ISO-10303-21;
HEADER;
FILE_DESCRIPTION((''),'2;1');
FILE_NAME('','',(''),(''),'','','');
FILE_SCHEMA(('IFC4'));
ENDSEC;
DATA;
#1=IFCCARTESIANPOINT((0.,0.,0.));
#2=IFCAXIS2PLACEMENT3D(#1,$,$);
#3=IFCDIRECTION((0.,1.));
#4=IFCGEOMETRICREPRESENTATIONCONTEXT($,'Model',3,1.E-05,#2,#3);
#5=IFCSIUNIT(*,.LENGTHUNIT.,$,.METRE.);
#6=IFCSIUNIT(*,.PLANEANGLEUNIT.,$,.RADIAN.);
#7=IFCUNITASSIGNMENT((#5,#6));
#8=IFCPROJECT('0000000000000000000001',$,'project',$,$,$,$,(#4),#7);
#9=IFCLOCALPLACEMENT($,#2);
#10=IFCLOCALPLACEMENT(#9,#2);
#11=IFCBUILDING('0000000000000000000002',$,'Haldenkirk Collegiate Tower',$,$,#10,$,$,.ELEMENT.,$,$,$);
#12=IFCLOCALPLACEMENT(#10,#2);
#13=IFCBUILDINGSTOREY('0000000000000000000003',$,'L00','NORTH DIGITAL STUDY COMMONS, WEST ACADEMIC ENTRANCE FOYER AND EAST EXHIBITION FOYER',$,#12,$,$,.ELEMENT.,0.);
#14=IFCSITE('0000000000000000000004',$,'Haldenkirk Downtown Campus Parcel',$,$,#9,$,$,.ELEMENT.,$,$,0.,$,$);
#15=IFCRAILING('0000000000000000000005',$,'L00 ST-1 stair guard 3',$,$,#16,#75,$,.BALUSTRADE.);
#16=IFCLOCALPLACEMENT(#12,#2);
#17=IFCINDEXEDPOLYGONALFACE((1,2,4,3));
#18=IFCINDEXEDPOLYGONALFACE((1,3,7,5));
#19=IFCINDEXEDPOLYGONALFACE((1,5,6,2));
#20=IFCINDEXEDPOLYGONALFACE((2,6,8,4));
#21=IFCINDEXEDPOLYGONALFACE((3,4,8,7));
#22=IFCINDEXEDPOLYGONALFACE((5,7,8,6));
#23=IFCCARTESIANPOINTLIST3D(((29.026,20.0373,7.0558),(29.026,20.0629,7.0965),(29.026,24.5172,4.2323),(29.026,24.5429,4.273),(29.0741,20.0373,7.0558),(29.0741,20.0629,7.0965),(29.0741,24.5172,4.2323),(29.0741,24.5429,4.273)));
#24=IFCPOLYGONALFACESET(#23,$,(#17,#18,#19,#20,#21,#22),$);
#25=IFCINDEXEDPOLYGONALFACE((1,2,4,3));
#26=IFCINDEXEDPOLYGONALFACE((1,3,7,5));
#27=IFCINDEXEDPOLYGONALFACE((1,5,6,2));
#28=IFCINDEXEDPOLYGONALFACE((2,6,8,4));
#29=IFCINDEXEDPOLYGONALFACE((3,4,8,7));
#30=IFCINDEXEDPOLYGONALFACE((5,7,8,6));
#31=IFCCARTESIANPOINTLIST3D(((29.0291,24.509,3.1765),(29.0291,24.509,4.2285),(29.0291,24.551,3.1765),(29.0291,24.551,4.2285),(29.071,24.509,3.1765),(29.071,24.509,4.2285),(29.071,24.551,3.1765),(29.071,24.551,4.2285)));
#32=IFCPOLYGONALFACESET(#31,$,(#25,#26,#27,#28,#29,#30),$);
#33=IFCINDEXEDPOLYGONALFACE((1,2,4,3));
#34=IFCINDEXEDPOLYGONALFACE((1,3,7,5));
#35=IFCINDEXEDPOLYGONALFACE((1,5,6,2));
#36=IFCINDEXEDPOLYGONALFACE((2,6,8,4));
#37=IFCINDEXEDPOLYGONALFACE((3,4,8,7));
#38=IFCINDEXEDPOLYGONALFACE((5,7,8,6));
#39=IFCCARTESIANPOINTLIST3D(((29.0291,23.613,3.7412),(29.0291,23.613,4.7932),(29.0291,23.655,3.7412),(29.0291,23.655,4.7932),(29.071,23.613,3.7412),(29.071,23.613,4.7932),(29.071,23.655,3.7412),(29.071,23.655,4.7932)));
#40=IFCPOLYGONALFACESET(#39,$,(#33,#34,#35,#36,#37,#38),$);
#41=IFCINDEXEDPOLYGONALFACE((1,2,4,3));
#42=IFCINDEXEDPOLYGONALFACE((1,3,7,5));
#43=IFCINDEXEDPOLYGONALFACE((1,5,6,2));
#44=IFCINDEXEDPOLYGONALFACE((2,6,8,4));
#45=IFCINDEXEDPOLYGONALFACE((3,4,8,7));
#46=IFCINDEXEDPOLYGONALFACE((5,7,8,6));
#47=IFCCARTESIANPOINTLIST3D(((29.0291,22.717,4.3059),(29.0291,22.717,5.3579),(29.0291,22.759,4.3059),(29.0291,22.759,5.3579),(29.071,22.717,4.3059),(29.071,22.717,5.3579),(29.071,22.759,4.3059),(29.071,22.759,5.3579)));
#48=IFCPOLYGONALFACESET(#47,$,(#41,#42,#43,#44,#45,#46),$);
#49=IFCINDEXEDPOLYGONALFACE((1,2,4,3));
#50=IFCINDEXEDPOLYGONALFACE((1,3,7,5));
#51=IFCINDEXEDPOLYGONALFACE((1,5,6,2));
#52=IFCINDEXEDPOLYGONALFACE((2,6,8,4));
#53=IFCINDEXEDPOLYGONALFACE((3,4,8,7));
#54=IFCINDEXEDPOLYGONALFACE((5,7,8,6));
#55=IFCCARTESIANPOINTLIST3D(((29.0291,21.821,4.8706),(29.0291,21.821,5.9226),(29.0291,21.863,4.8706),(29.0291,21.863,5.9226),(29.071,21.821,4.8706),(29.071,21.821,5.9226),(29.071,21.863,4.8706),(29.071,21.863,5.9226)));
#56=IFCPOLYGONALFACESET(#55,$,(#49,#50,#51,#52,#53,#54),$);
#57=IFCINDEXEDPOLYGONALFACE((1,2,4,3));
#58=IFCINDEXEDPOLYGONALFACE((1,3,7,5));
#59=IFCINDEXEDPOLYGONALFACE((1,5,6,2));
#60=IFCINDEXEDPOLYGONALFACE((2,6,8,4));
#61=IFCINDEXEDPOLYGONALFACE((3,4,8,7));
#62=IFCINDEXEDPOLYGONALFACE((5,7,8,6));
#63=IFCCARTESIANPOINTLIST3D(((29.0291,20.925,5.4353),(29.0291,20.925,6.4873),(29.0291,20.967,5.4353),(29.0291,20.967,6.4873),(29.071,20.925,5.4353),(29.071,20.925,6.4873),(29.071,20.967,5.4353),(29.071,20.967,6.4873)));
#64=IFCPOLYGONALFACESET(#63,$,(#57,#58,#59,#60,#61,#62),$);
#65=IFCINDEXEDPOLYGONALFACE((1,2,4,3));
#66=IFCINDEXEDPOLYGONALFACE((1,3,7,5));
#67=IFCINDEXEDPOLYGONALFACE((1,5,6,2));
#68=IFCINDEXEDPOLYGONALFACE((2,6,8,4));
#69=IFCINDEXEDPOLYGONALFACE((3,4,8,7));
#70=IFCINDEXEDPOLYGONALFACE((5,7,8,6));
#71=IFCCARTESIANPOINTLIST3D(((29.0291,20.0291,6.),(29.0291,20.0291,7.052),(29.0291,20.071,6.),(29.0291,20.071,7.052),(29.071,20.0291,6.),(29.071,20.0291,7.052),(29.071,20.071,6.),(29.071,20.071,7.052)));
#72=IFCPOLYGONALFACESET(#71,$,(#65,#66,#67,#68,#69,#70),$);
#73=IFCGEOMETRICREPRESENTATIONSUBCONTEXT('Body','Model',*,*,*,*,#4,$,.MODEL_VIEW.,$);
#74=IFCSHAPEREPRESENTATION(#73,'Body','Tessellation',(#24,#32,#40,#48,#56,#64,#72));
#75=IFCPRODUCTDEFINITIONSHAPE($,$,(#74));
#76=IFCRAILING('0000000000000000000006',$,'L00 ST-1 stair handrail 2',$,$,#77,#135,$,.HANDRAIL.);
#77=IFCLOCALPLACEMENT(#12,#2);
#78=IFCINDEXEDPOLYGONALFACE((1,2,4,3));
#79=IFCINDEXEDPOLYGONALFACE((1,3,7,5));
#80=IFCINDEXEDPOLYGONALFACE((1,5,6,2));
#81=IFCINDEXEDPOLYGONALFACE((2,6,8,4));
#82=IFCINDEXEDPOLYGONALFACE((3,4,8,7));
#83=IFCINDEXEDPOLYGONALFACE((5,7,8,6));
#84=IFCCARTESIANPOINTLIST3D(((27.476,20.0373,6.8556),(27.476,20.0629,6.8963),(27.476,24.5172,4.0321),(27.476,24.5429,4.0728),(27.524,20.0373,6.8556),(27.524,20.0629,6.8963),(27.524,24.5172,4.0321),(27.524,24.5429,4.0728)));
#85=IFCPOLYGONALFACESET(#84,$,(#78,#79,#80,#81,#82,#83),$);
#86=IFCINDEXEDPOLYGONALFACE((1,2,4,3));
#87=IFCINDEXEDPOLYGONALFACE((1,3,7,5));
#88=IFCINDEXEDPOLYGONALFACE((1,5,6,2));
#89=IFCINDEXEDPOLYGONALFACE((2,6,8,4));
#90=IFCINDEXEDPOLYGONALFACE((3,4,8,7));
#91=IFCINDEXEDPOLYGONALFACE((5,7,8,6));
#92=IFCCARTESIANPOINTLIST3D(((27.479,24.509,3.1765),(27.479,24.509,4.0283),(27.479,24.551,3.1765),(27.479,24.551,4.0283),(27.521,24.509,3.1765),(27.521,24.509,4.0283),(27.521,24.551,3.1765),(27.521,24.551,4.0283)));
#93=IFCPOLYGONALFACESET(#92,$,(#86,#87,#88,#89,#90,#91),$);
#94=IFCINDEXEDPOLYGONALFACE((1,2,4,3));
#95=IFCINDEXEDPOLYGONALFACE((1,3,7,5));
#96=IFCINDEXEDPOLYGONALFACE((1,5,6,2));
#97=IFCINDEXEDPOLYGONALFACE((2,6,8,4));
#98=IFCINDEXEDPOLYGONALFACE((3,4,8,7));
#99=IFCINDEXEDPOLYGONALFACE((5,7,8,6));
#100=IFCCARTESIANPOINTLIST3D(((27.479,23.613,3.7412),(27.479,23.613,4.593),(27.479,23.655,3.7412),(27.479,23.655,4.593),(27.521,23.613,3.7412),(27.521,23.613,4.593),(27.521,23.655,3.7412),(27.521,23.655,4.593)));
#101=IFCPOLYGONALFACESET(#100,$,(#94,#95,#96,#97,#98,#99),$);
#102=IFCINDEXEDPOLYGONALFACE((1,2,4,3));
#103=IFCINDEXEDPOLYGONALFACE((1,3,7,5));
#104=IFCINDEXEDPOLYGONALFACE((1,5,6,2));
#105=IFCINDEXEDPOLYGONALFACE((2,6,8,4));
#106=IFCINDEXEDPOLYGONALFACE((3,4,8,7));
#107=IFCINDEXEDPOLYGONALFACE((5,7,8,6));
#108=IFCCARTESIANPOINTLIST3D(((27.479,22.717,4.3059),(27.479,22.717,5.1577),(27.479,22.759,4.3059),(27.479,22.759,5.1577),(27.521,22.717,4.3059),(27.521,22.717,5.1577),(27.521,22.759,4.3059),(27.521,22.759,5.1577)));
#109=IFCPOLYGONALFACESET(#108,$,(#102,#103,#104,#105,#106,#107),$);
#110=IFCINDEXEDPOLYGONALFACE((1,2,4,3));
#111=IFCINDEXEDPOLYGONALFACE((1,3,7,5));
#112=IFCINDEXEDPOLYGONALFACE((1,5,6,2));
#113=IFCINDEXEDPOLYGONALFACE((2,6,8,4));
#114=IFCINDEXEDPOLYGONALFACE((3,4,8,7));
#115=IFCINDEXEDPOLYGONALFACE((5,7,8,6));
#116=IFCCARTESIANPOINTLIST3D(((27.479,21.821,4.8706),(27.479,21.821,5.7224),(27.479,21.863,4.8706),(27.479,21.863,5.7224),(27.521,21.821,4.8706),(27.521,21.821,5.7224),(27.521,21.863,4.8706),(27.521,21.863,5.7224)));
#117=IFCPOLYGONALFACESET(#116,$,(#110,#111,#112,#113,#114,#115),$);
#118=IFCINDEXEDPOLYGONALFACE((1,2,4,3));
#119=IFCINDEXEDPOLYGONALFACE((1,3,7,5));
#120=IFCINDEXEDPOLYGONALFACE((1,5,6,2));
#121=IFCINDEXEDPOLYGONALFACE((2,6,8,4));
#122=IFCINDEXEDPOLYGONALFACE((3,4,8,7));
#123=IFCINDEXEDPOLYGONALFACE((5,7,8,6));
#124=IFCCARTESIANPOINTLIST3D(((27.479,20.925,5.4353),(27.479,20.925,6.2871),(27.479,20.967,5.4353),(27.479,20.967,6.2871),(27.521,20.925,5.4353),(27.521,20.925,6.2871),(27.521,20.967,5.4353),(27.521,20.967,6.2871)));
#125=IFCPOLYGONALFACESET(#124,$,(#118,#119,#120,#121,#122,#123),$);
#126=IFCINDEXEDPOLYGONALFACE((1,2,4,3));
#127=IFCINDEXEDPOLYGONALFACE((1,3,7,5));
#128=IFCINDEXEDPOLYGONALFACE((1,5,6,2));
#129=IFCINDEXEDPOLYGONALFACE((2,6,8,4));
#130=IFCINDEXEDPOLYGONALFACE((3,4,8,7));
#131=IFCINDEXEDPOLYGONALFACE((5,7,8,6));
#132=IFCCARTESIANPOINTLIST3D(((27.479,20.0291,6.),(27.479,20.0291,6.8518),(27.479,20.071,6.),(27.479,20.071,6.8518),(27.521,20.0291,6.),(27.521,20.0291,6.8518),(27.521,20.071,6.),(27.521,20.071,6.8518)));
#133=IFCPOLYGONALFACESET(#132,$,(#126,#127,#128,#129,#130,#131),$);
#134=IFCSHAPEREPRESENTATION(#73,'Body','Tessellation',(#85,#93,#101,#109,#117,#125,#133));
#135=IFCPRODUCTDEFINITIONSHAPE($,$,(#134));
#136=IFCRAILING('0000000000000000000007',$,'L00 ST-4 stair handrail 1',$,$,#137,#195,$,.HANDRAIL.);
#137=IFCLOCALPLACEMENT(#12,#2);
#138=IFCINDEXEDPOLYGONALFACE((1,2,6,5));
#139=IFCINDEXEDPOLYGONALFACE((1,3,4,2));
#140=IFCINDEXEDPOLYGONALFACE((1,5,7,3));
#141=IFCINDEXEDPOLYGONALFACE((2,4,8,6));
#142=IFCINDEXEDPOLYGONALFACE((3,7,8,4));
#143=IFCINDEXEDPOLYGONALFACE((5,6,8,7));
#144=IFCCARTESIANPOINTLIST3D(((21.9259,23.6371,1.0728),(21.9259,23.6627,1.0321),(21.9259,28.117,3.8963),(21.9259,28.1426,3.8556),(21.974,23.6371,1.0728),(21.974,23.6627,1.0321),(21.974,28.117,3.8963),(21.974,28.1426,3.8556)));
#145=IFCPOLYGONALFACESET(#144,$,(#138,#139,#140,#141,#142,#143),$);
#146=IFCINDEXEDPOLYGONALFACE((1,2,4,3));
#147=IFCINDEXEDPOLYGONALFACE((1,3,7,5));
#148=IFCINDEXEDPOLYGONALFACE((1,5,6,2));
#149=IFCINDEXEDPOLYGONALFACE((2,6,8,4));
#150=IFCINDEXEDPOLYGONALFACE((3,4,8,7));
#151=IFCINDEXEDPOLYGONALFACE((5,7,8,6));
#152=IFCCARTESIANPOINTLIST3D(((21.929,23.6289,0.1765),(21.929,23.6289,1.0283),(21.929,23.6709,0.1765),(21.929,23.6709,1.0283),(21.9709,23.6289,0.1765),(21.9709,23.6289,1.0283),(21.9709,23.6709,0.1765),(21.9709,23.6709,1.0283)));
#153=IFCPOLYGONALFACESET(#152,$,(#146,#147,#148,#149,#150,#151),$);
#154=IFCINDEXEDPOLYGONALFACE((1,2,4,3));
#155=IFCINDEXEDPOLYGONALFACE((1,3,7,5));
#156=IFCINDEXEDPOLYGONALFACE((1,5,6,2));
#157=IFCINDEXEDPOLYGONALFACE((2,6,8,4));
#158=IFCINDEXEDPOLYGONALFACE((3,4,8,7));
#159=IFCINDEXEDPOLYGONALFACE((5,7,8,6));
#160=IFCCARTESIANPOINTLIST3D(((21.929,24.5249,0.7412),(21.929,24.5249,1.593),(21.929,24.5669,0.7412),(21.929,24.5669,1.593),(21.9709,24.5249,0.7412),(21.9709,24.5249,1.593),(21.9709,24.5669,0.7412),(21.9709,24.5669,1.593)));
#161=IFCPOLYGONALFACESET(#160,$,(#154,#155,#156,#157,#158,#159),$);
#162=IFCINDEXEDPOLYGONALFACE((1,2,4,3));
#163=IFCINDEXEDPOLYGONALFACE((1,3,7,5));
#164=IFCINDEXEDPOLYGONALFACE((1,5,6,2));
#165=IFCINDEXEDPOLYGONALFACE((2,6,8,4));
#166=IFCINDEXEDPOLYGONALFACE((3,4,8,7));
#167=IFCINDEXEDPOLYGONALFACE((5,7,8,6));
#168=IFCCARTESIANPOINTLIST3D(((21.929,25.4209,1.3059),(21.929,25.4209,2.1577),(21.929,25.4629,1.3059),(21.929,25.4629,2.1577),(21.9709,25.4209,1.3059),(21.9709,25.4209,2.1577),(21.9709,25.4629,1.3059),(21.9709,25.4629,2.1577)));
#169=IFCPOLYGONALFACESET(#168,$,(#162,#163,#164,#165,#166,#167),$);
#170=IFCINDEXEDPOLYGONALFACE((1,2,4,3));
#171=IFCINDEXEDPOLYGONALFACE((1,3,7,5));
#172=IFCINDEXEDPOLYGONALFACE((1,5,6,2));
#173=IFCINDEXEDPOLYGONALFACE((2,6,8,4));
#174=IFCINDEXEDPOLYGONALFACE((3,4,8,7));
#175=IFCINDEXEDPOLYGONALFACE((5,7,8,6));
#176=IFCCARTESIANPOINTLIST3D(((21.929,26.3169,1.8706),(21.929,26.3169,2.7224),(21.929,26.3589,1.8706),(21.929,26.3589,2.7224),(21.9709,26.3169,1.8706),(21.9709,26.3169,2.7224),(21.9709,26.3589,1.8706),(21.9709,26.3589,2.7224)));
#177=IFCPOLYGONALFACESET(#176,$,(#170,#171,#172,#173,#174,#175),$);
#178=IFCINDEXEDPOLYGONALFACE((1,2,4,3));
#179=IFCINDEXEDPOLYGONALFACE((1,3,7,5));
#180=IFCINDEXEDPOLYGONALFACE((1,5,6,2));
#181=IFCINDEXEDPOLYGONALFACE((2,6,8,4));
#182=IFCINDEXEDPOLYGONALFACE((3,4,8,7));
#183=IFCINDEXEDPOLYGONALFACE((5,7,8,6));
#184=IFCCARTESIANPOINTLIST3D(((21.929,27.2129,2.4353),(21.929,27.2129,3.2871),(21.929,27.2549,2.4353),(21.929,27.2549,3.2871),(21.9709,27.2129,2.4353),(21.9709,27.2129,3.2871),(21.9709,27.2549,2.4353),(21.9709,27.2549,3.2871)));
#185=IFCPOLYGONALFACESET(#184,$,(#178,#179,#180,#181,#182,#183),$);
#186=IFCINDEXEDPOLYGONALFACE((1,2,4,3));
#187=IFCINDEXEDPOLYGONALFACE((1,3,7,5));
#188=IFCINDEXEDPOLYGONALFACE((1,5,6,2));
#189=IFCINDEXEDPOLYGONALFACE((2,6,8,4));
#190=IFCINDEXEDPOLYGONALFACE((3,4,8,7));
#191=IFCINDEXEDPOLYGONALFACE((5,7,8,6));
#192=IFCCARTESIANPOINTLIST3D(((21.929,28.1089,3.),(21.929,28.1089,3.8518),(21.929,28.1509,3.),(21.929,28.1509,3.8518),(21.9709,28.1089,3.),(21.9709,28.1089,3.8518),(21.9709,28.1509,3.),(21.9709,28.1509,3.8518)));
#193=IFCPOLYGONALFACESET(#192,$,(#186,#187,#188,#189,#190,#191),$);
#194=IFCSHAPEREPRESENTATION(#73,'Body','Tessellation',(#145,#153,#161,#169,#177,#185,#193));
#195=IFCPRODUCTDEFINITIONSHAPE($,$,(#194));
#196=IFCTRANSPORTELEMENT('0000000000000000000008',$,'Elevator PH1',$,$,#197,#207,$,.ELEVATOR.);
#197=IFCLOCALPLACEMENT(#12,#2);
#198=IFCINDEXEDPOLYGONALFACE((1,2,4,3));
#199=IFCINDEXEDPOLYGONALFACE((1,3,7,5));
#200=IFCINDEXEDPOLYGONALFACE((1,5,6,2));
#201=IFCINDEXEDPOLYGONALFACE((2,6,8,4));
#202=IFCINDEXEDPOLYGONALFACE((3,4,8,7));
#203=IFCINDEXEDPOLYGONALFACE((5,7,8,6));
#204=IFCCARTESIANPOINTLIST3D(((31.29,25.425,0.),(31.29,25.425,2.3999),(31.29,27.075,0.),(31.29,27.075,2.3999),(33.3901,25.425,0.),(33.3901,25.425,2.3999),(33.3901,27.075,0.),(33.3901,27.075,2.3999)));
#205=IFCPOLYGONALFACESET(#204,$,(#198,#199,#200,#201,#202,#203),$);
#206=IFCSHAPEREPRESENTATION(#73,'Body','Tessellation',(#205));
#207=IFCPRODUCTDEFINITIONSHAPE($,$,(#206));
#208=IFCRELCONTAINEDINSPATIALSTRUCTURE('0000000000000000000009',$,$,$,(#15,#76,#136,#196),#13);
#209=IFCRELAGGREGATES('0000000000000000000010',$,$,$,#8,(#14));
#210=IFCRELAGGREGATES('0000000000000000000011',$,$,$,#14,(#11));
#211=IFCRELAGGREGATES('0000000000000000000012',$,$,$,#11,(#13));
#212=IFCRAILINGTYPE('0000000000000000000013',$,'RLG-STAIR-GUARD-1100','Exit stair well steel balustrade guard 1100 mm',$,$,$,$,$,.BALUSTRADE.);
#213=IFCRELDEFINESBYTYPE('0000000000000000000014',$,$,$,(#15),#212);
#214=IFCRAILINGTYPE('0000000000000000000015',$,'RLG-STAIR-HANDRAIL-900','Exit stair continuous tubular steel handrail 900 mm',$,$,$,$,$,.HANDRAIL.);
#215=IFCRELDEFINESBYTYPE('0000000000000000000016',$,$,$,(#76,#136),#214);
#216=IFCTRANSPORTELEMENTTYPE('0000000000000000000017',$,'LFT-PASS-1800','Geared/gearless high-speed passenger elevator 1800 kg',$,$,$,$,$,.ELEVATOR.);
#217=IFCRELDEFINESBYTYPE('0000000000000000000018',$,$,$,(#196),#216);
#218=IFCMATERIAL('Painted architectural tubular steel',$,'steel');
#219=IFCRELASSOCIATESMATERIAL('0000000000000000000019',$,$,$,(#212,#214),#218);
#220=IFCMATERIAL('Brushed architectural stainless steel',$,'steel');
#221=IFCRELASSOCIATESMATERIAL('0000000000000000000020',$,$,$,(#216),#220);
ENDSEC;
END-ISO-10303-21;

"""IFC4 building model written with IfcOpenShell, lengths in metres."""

from ifc_helpers import new_model, si_unit, direction, frame, origin, origin_2d, place, context, subcontext, project, spatial, rectangle, extrude, material, type_object, element, save


model = new_model("IFC4")

# Units and contexts
model_context = context("Model", 3, precision=1e-05, world=origin(), true_north=direction((0.0, 1.0)))
body_context = subcontext(model_context, "Body", "Model", "MODEL_VIEW")
ifc_project = project(units=[si_unit("LENGTHUNIT", "METRE"), si_unit("PLANEANGLEUNIT", "RADIAN")], contexts=[model_context])

# Site, building, storey
site_placement = place(None, origin())
site = spatial("IfcSite", under=ifc_project, at=site_placement, Name="Haldenkirk Downtown Campus Parcel", CompositionType="ELEMENT", RefElevation=0.0)
building_placement = place(site_placement, origin())
building = spatial("IfcBuilding", under=site, at=building_placement, Name="Haldenkirk Collegiate Tower", CompositionType="ELEMENT")
storey_placement = place(building_placement, origin())
storey = spatial("IfcBuildingStorey", under=building, at=storey_placement, Name="L00", Description="NORTH DIGITAL STUDY COMMONS, WEST ACADEMIC ENTRANCE FOYER AND EAST EXHIBITION FOYER", CompositionType="ELEMENT", Elevation=0.0)

# Shared definitions
ifc_material_1 = material(Name="Brushed architectural stainless steel", Category="steel")

# Railings
ifc_material_2 = material(Name="Painted architectural tubular steel", Category="steel")
railing_type_1 = type_object("IfcRailingType", Name="RLG-STAIR-GUARD-1100", Description="Exit stair well steel balustrade guard 1100 mm", PredefinedType="BALUSTRADE", material=ifc_material_2)
railing_1_placement = place(storey_placement, frame((29.05, 24.53, 3.1765)))
element("IfcRailing", 1, at=railing_1_placement, inside=storey, type_object=railing_type_1, Name="L00 ST-1 stair guard 3", PredefinedType="BALUSTRADE", context=body_context, shape_type="SweptSolid", body=[
    extrude(rectangle(XDim=0.0481, YDim=0.0481, at=origin_2d()), frame((0.0, 0.0, 1.0762), z_axis=(0.0, -0.845998, 0.533186), x_axis=(1.0, 0.0, 0.0)), (0.0, 0.0, 1.0), 5.2954),
    extrude(rectangle(XDim=0.042, YDim=0.042, at=origin_2d()), origin(), (0.0, 0.0, 1.0), 1.052),
    extrude(rectangle(XDim=0.042, YDim=0.042, at=origin_2d()), frame((0.0, -0.896, 0.5647)), (0.0, 0.0, 1.0), 1.052),
    extrude(rectangle(XDim=0.042, YDim=0.042, at=origin_2d()), frame((0.0, -1.792, 1.1294)), (0.0, 0.0, 1.0), 1.052),
    extrude(rectangle(XDim=0.042, YDim=0.042, at=origin_2d()), frame((0.0, -2.688, 1.6941)), (0.0, 0.0, 1.0), 1.052),
    extrude(rectangle(XDim=0.042, YDim=0.042, at=origin_2d()), frame((0.0, -3.584, 2.2588)), (0.0, 0.0, 1.0), 1.052),
    extrude(rectangle(XDim=0.042, YDim=0.042, at=origin_2d()), frame((0.0, -4.48, 2.8235)), (0.0, 0.0, 1.0), 1.052),
])
railing_type_2 = type_object("IfcRailingType", Name="RLG-STAIR-HANDRAIL-900", Description="Exit stair continuous tubular steel handrail 900 mm", PredefinedType="HANDRAIL", material=ifc_material_2)
railing_2_placement = place(storey_placement, frame((27.5, 24.53, 3.1765)))
element("IfcRailing", 2, at=railing_2_placement, inside=storey, type_object=railing_type_2, Name="L00 ST-1 stair handrail 2", PredefinedType="HANDRAIL", context=body_context, shape_type="SweptSolid", body=[
    extrude(rectangle(XDim=0.0481, YDim=0.0481, at=origin_2d()), frame((0.0, 0.0, 0.876), z_axis=(0.0, -0.845998, 0.533186), x_axis=(1.0, 0.0, 0.0)), (0.0, 0.0, 1.0), 5.2954),
    extrude(rectangle(XDim=0.042, YDim=0.042, at=origin_2d()), origin(), (0.0, 0.0, 1.0), 0.8518),
    extrude(rectangle(XDim=0.042, YDim=0.042, at=origin_2d()), frame((0.0, -0.896, 0.5647)), (0.0, 0.0, 1.0), 0.8518),
    extrude(rectangle(XDim=0.042, YDim=0.042, at=origin_2d()), frame((0.0, -1.792, 1.1294)), (0.0, 0.0, 1.0), 0.8518),
    extrude(rectangle(XDim=0.042, YDim=0.042, at=origin_2d()), frame((0.0, -2.688, 1.6941)), (0.0, 0.0, 1.0), 0.8518),
    extrude(rectangle(XDim=0.042, YDim=0.042, at=origin_2d()), frame((0.0, -3.584, 2.2588)), (0.0, 0.0, 1.0), 0.8518),
    extrude(rectangle(XDim=0.042, YDim=0.042, at=origin_2d()), frame((0.0, -4.48, 2.8235)), (0.0, 0.0, 1.0), 0.8518),
])
railing_3_placement = place(storey_placement, frame((21.95, 23.6499, 0.1765)))
element("IfcRailing", 3, at=railing_3_placement, inside=storey, type_object=railing_type_2, Name="L00 ST-4 stair handrail 1", PredefinedType="HANDRAIL", context=body_context, shape_type="SweptSolid", body=[
    extrude(rectangle(XDim=0.0481, YDim=0.0481, at=origin_2d()), frame((0.0, 0.0, 0.876), z_axis=(0.0, 0.845998, 0.533186), x_axis=(-1.0, 0.0, 0.0)), (0.0, 0.0, 1.0), 5.2954),
    extrude(rectangle(XDim=0.042, YDim=0.042, at=origin_2d()), origin(), (0.0, 0.0, 1.0), 0.8518),
    extrude(rectangle(XDim=0.042, YDim=0.042, at=origin_2d()), frame((0.0, 0.896, 0.5647)), (0.0, 0.0, 1.0), 0.8518),
    extrude(rectangle(XDim=0.042, YDim=0.042, at=origin_2d()), frame((0.0, 1.792, 1.1294)), (0.0, 0.0, 1.0), 0.8518),
    extrude(rectangle(XDim=0.042, YDim=0.042, at=origin_2d()), frame((0.0, 2.688, 1.6941)), (0.0, 0.0, 1.0), 0.8518),
    extrude(rectangle(XDim=0.042, YDim=0.042, at=origin_2d()), frame((0.0, 3.584, 2.2588)), (0.0, 0.0, 1.0), 0.8518),
    extrude(rectangle(XDim=0.042, YDim=0.042, at=origin_2d()), frame((0.0, 4.48, 2.8235)), (0.0, 0.0, 1.0), 0.8518),
])

# Transport element
transport_element_type = type_object("IfcTransportElementType", Name="LFT-PASS-1800", Description="Geared/gearless high-speed passenger elevator 1800 kg", PredefinedType="ELEVATOR", material=ifc_material_1)
transport_element_placement = place(storey_placement, frame((32.3401, 26.25, 0.0), z_axis=(0.0, 0.0, 1.0), x_axis=(1.0, 0.0, 0.0)))
element("IfcTransportElement", 4, at=transport_element_placement, inside=storey, type_object=transport_element_type, Name="Elevator PH1", PredefinedType="ELEVATOR", context=body_context, shape_type="SweptSolid", body=[
    extrude(rectangle(XDim=2.1001, YDim=1.6499, at=origin_2d()), origin(), (0.0, 0.0, 1.0), 2.3999),
])

save(model, "model.ifc")
